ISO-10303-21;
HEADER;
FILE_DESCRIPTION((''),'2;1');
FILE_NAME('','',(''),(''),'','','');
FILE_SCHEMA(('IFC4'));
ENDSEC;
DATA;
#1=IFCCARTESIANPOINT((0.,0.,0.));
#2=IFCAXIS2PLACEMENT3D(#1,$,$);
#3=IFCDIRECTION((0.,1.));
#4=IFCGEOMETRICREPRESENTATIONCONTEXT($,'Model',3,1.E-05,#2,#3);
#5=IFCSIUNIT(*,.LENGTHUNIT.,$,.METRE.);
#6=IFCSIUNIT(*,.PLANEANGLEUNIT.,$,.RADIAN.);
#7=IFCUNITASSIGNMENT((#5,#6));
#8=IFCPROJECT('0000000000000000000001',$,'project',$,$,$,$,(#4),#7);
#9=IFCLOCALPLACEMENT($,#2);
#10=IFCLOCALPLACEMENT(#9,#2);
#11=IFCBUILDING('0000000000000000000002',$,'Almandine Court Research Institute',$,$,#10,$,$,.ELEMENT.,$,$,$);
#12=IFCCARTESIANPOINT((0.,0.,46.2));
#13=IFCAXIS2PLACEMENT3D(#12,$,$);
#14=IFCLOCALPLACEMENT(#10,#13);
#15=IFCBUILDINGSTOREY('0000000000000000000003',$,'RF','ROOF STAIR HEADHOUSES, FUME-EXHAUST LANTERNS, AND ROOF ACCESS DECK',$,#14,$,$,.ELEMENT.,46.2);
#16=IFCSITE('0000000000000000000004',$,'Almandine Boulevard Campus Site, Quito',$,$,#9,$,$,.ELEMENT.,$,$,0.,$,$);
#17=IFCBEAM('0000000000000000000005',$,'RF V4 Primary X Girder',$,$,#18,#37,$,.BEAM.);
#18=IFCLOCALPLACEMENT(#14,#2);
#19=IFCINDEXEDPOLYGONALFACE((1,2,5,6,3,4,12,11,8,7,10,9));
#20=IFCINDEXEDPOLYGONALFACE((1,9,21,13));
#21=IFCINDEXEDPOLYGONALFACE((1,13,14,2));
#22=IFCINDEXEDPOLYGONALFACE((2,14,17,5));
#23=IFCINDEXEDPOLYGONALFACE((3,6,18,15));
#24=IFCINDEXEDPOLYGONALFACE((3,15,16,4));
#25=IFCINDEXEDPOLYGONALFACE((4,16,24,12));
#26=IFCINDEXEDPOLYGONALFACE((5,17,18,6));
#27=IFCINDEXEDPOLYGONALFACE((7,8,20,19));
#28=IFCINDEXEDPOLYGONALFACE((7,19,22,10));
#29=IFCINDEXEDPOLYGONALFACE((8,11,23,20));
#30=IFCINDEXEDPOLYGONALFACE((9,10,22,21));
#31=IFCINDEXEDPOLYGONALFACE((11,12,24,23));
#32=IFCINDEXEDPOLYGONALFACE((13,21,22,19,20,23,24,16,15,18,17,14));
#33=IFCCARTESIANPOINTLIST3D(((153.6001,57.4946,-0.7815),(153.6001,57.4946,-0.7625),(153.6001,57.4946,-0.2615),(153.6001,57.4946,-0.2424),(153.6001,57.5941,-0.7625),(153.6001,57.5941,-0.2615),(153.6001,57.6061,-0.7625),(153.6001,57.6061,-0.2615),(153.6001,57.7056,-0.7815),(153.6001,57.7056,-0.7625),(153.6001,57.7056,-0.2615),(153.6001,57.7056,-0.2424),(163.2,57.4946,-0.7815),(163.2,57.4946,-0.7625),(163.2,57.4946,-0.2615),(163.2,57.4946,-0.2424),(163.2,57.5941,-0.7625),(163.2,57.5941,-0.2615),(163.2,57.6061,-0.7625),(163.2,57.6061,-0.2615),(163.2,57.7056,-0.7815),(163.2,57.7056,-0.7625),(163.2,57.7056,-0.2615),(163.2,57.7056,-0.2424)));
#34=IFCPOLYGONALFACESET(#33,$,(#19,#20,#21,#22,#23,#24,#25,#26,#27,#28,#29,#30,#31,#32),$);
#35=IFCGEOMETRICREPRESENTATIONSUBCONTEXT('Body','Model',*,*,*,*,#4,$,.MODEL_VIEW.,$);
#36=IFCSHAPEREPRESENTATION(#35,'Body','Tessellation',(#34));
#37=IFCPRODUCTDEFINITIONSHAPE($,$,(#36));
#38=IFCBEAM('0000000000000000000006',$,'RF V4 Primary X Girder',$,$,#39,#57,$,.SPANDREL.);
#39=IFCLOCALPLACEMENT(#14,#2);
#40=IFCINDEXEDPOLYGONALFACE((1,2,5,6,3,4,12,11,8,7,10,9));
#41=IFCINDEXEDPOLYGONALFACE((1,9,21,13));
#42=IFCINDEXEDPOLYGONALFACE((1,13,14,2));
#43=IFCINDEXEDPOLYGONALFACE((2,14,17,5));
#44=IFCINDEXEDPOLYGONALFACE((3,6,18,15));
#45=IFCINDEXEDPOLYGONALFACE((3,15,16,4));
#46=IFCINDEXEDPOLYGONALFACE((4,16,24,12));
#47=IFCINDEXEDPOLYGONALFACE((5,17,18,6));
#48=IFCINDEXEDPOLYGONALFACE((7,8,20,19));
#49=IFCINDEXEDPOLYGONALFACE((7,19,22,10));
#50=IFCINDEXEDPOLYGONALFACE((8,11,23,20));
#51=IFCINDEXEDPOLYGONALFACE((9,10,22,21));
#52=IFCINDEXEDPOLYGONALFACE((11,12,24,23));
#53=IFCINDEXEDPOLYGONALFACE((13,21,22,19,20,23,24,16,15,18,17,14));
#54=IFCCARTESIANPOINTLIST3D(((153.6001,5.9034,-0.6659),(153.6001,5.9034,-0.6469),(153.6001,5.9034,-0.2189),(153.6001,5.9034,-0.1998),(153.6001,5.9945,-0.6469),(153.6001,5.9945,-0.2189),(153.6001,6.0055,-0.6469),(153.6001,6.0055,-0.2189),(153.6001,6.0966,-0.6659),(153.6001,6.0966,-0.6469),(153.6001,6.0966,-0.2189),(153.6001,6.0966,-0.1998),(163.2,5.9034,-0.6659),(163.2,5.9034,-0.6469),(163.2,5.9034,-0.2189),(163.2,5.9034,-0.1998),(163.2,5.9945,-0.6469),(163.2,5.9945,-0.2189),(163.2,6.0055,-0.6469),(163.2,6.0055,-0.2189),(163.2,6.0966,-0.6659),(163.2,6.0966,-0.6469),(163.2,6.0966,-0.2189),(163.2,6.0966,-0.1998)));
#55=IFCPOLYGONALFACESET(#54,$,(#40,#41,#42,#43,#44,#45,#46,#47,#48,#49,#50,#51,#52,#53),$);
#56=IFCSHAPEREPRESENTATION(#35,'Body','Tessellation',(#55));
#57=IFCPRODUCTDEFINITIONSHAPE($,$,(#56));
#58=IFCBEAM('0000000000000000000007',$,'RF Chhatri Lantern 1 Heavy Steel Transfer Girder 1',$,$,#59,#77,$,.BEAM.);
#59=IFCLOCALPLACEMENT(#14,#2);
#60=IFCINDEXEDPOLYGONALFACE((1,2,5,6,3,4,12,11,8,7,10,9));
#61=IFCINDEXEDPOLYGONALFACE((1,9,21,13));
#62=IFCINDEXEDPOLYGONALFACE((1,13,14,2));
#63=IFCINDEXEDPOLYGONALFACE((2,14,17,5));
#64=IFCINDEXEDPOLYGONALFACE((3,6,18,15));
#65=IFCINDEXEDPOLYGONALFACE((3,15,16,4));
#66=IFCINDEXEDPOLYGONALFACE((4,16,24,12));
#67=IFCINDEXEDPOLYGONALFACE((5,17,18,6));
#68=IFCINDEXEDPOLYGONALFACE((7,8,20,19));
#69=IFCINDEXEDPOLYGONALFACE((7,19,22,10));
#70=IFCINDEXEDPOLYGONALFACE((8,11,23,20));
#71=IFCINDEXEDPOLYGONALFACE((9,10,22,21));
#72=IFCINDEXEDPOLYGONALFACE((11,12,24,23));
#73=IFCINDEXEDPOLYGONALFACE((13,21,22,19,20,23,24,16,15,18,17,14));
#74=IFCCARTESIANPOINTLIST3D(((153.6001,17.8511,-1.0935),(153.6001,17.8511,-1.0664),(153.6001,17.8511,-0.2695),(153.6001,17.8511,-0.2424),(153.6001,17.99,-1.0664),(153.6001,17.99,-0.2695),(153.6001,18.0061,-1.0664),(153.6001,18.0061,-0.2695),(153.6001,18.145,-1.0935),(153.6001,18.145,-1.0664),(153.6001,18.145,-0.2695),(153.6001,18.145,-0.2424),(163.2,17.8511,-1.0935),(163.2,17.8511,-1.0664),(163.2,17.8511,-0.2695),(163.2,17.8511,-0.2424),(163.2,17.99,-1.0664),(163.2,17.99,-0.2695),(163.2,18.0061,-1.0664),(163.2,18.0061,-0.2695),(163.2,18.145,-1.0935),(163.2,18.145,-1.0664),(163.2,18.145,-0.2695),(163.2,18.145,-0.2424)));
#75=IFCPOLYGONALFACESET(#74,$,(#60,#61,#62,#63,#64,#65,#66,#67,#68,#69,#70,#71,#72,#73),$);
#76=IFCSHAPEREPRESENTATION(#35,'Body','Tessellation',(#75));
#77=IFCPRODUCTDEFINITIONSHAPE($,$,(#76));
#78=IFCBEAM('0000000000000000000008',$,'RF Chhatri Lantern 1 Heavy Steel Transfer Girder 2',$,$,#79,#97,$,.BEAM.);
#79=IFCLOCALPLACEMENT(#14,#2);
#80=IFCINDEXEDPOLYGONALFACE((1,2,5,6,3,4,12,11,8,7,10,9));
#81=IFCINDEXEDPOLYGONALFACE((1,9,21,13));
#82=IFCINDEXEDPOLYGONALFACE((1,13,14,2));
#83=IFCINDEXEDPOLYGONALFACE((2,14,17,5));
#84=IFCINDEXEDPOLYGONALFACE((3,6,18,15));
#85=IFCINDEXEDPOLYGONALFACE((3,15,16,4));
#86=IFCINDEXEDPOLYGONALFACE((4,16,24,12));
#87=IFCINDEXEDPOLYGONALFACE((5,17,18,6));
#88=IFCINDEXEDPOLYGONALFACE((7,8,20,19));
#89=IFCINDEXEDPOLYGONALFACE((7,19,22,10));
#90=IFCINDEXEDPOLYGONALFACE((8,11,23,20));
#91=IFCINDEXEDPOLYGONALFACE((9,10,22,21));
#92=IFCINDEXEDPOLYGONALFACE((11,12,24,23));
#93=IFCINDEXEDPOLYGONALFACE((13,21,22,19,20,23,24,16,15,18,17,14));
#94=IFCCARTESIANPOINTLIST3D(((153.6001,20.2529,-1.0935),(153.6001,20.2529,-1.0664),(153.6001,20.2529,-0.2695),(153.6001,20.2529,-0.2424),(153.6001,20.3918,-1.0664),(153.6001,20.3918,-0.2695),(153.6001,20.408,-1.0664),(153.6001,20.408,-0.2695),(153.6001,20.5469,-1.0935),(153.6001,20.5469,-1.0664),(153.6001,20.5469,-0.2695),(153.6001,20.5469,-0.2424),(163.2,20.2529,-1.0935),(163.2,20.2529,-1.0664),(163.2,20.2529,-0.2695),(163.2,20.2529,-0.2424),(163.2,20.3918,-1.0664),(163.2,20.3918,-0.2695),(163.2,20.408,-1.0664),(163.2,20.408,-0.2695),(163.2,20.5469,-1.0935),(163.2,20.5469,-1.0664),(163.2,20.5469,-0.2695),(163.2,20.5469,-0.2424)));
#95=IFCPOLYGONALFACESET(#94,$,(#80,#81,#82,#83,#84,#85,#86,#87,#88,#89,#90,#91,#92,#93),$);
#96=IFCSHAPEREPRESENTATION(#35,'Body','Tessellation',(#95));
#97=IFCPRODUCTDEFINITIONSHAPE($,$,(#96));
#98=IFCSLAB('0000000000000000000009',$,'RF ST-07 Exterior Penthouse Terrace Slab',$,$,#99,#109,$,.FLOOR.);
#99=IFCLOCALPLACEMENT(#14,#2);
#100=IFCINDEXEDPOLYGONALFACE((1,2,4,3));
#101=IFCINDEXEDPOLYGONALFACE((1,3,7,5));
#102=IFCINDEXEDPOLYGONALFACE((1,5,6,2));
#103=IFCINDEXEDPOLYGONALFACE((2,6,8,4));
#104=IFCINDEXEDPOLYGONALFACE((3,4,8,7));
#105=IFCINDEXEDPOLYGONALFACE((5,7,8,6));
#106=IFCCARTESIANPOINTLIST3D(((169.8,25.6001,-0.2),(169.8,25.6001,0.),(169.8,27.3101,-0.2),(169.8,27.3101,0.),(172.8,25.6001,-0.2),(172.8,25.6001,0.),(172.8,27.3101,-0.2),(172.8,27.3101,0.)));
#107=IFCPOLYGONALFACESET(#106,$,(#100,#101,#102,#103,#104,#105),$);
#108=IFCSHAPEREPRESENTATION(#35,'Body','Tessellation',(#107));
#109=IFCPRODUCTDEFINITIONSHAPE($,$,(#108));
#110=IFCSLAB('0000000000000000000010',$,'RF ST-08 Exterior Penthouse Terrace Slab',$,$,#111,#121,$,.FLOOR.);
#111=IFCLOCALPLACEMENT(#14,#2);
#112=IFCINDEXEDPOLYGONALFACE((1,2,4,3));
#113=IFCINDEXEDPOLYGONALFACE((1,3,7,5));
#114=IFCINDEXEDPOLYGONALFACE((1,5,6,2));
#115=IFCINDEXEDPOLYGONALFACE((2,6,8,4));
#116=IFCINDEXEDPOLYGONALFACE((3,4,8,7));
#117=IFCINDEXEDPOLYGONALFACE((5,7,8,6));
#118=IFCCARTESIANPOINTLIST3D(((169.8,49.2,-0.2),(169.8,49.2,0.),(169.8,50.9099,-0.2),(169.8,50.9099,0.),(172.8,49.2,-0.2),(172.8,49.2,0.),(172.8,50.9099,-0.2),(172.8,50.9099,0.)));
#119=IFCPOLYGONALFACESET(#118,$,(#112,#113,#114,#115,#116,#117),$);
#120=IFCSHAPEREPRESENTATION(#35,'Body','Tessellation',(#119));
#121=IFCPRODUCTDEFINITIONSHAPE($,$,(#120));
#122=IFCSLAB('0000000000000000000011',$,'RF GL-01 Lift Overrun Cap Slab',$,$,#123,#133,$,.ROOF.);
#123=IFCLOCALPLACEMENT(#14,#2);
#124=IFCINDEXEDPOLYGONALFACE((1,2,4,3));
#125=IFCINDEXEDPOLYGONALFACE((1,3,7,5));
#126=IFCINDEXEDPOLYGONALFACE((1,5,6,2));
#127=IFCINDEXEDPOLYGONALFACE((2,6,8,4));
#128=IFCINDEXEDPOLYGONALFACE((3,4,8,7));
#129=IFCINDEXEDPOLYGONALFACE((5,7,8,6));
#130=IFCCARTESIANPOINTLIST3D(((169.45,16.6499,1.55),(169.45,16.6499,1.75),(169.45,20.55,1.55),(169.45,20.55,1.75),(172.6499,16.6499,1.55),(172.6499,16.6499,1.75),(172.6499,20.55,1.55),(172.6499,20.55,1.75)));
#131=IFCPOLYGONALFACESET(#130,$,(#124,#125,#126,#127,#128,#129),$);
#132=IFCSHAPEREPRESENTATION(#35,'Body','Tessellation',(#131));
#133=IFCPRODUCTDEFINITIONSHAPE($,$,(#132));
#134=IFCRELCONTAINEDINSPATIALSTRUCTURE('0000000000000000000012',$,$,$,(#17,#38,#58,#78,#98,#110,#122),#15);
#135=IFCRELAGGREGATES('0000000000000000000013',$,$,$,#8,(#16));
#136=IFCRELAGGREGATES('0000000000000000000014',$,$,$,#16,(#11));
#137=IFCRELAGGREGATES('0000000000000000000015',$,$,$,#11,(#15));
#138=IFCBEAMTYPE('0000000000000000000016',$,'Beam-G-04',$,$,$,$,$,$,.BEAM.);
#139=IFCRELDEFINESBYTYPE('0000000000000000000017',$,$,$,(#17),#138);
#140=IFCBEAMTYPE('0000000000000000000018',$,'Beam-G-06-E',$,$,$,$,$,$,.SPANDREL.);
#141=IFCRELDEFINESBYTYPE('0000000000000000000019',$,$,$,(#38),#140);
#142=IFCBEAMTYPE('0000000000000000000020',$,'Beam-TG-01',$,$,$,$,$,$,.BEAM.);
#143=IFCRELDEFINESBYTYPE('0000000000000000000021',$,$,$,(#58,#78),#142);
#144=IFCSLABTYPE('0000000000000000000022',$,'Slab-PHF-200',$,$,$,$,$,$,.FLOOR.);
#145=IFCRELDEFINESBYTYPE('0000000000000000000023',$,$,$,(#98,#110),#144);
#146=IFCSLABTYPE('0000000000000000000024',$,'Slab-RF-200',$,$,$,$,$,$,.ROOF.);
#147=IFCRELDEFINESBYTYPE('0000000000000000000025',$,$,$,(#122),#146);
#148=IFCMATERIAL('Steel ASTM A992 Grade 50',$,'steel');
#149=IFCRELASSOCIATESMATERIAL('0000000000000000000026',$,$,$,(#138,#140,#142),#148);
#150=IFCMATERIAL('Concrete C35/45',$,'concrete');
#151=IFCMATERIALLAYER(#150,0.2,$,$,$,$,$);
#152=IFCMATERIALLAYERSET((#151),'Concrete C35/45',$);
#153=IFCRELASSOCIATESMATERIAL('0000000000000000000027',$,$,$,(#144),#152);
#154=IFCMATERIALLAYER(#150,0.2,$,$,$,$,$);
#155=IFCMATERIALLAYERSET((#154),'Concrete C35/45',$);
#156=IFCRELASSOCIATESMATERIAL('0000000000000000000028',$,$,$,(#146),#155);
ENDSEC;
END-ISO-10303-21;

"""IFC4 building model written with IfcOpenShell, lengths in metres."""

from ifc_helpers import new_model, si_unit, direction, frame, origin, origin_2d, place, context, subcontext, project, spatial, polyline, i_section, outline, extrude, material, layer, layer_set, material_profile, profile_set, type_object, element, save


model = new_model("IFC4")

# Units and contexts
model_context = context("Model", 3, precision=1e-05, world=origin(), true_north=direction((0.0, 1.0)))
body_context = subcontext(model_context, "Body", "Model", "MODEL_VIEW")
ifc_project = project(units=[si_unit("LENGTHUNIT", "METRE"), si_unit("PLANEANGLEUNIT", "RADIAN")], contexts=[model_context])

# Site, building, storey
site_placement = place(None, origin())
site = spatial("IfcSite", under=ifc_project, at=site_placement, Name="Almandine Boulevard Campus Site, Quito", CompositionType="ELEMENT", RefElevation=0.0)
building_placement = place(site_placement, origin())
building = spatial("IfcBuilding", under=site, at=building_placement, Name="Almandine Court Research Institute", CompositionType="ELEMENT")
storey_placement = place(building_placement, frame((0.0, 0.0, 46.2)))
storey = spatial("IfcBuildingStorey", under=building, at=storey_placement, Name="RF", Description="ROOF STAIR HEADHOUSES, FUME-EXHAUST LANTERNS, AND ROOF ACCESS DECK", CompositionType="ELEMENT", Elevation=46.2)

# Beams
ifc_material_1 = material(Name="Steel ASTM A992 Grade 50", Category="steel")
ifc_material_profile_1 = material_profile(ifc_material_1, i_section(OverallWidth=0.2109, OverallDepth=0.5391, WebThickness=0.012, FlangeThickness=0.019, at=origin_2d()), Name="W530x109")
ifc_profile_set_1 = profile_set([ifc_material_profile_1], Name="Steel ASTM A992 Grade 50")
beam_type_1 = type_object("IfcBeamType", Name="Beam-G-04", PredefinedType="BEAM", material=ifc_profile_set_1)
for number, where, z_axis, x_axis, name in (
    (1, (153.6001, 57.6001, -0.512), (1.0, 0.0, 0.0), (0.0, 1.0, 0.0), "RF V4 Primary X Girder"),
):
    element("IfcBeam", number, at=place(storey_placement, frame(where, z_axis=z_axis, x_axis=x_axis)), inside=storey, type_object=beam_type_1, Name=name, PredefinedType="BEAM", context=body_context, shape_type="SweptSolid", body=[
        extrude(i_section(OverallWidth=0.2109, OverallDepth=0.5391, WebThickness=0.012, FlangeThickness=0.019, at=origin_2d()), origin(), (0.0, 0.0, 1.0), 9.5999),
    ])
ifc_material_profile_2 = material_profile(ifc_material_1, i_section(OverallWidth=0.1931, OverallDepth=0.4661, WebThickness=0.011, FlangeThickness=0.019, at=origin_2d()), Name="W460x97")
ifc_profile_set_2 = profile_set([ifc_material_profile_2], Name="Steel ASTM A992 Grade 50")
beam_type_2 = type_object("IfcBeamType", Name="Beam-G-06-E", PredefinedType="SPANDREL", material=ifc_profile_set_2)
beam_1_placement = place(storey_placement, frame((153.6001, 6.0, -0.4329), z_axis=(1.0, 0.0, 0.0), x_axis=(0.0, 1.0, 0.0)))
element("IfcBeam", 2, at=beam_1_placement, inside=storey, type_object=beam_type_2, Name="RF V4 Primary X Girder", PredefinedType="SPANDREL", context=body_context, shape_type="SweptSolid", body=[
    extrude(i_section(OverallWidth=0.1931, OverallDepth=0.4661, WebThickness=0.011, FlangeThickness=0.019, at=origin_2d()), origin(), (0.0, 0.0, 1.0), 9.5999),
])
ifc_material_profile_3 = material_profile(ifc_material_1, i_section(OverallWidth=0.2939, OverallDepth=0.8511, WebThickness=0.0161, FlangeThickness=0.0271, at=origin_2d()), Name="W840x226")
ifc_profile_set_3 = profile_set([ifc_material_profile_3], Name="Steel ASTM A992 Grade 50")
beam_type_3 = type_object("IfcBeamType", Name="Beam-TG-01", PredefinedType="BEAM", material=ifc_profile_set_3)
for number, where, z_axis, x_axis, name in (
    (3, (153.6001, 17.998, -0.668), (1.0, 0.0, 0.0), (0.0, 1.0, 0.0), "RF Chhatri Lantern 1 Heavy Steel Transfer Girder 1"),
    (4, (153.6001, 20.3999, -0.668), (1.0, 0.0, 0.0), (0.0, 1.0, 0.0), "RF Chhatri Lantern 1 Heavy Steel Transfer Girder 2"),
):
    element("IfcBeam", number, at=place(storey_placement, frame(where, z_axis=z_axis, x_axis=x_axis)), inside=storey, type_object=beam_type_3, Name=name, PredefinedType="BEAM", context=body_context, shape_type="SweptSolid", body=[
        extrude(i_section(OverallWidth=0.2939, OverallDepth=0.8511, WebThickness=0.0161, FlangeThickness=0.0271, at=origin_2d()), origin(), (0.0, 0.0, 1.0), 9.5999),
    ])

# Slabs
ifc_material_2 = material(Name="Concrete C35/45", Category="concrete")
ifc_layer_1 = layer(ifc_material_2, 0.2)
ifc_layer_set_1 = layer_set([ifc_layer_1], Name="Concrete C35/45")
slab_type_1 = type_object("IfcSlabType", Name="Slab-PHF-200", PredefinedType="FLOOR", material=ifc_layer_set_1)
slab_1_placement = place(storey_placement, frame((0.0, 0.0, -0.2)))
element("IfcSlab", 5, at=slab_1_placement, inside=storey, type_object=slab_type_1, Name="RF ST-07 Exterior Penthouse Terrace Slab", PredefinedType="FLOOR", context=body_context, shape_type="SweptSolid", body=[
    extrude(outline(polyline([(172.8, 25.6001), (172.8, 27.3101), (169.8, 27.3101), (169.8, 25.6001), (172.8, 25.6001)])), origin(), (0.0, 0.0, 1.0), 0.2),
])
slab_2_placement = place(storey_placement, frame((0.0, 0.0, -0.2)))
element("IfcSlab", 6, at=slab_2_placement, inside=storey, type_object=slab_type_1, Name="RF ST-08 Exterior Penthouse Terrace Slab", PredefinedType="FLOOR", context=body_context, shape_type="SweptSolid", body=[
    extrude(outline(polyline([(172.8, 49.2), (172.8, 50.9099), (169.8, 50.9099), (169.8, 49.2), (172.8, 49.2)])), origin(), (0.0, 0.0, 1.0), 0.2),
])
ifc_layer_2 = layer(ifc_material_2, 0.2)
ifc_layer_set_2 = layer_set([ifc_layer_2], Name="Concrete C35/45")
slab_type_2 = type_object("IfcSlabType", Name="Slab-RF-200", PredefinedType="ROOF", material=ifc_layer_set_2)
slab_3_placement = place(storey_placement, frame((0.0, 0.0, 1.55)))
element("IfcSlab", 7, at=slab_3_placement, inside=storey, type_object=slab_type_2, Name="RF GL-01 Lift Overrun Cap Slab", PredefinedType="ROOF", context=body_context, shape_type="SweptSolid", body=[
    extrude(outline(polyline([(169.45, 16.6499), (172.6499, 16.6499), (172.6499, 20.55), (169.45, 20.55), (169.45, 16.6499)])), origin(), (0.0, 0.0, 1.0), 0.2),
])

save(model, "model.ifc")
